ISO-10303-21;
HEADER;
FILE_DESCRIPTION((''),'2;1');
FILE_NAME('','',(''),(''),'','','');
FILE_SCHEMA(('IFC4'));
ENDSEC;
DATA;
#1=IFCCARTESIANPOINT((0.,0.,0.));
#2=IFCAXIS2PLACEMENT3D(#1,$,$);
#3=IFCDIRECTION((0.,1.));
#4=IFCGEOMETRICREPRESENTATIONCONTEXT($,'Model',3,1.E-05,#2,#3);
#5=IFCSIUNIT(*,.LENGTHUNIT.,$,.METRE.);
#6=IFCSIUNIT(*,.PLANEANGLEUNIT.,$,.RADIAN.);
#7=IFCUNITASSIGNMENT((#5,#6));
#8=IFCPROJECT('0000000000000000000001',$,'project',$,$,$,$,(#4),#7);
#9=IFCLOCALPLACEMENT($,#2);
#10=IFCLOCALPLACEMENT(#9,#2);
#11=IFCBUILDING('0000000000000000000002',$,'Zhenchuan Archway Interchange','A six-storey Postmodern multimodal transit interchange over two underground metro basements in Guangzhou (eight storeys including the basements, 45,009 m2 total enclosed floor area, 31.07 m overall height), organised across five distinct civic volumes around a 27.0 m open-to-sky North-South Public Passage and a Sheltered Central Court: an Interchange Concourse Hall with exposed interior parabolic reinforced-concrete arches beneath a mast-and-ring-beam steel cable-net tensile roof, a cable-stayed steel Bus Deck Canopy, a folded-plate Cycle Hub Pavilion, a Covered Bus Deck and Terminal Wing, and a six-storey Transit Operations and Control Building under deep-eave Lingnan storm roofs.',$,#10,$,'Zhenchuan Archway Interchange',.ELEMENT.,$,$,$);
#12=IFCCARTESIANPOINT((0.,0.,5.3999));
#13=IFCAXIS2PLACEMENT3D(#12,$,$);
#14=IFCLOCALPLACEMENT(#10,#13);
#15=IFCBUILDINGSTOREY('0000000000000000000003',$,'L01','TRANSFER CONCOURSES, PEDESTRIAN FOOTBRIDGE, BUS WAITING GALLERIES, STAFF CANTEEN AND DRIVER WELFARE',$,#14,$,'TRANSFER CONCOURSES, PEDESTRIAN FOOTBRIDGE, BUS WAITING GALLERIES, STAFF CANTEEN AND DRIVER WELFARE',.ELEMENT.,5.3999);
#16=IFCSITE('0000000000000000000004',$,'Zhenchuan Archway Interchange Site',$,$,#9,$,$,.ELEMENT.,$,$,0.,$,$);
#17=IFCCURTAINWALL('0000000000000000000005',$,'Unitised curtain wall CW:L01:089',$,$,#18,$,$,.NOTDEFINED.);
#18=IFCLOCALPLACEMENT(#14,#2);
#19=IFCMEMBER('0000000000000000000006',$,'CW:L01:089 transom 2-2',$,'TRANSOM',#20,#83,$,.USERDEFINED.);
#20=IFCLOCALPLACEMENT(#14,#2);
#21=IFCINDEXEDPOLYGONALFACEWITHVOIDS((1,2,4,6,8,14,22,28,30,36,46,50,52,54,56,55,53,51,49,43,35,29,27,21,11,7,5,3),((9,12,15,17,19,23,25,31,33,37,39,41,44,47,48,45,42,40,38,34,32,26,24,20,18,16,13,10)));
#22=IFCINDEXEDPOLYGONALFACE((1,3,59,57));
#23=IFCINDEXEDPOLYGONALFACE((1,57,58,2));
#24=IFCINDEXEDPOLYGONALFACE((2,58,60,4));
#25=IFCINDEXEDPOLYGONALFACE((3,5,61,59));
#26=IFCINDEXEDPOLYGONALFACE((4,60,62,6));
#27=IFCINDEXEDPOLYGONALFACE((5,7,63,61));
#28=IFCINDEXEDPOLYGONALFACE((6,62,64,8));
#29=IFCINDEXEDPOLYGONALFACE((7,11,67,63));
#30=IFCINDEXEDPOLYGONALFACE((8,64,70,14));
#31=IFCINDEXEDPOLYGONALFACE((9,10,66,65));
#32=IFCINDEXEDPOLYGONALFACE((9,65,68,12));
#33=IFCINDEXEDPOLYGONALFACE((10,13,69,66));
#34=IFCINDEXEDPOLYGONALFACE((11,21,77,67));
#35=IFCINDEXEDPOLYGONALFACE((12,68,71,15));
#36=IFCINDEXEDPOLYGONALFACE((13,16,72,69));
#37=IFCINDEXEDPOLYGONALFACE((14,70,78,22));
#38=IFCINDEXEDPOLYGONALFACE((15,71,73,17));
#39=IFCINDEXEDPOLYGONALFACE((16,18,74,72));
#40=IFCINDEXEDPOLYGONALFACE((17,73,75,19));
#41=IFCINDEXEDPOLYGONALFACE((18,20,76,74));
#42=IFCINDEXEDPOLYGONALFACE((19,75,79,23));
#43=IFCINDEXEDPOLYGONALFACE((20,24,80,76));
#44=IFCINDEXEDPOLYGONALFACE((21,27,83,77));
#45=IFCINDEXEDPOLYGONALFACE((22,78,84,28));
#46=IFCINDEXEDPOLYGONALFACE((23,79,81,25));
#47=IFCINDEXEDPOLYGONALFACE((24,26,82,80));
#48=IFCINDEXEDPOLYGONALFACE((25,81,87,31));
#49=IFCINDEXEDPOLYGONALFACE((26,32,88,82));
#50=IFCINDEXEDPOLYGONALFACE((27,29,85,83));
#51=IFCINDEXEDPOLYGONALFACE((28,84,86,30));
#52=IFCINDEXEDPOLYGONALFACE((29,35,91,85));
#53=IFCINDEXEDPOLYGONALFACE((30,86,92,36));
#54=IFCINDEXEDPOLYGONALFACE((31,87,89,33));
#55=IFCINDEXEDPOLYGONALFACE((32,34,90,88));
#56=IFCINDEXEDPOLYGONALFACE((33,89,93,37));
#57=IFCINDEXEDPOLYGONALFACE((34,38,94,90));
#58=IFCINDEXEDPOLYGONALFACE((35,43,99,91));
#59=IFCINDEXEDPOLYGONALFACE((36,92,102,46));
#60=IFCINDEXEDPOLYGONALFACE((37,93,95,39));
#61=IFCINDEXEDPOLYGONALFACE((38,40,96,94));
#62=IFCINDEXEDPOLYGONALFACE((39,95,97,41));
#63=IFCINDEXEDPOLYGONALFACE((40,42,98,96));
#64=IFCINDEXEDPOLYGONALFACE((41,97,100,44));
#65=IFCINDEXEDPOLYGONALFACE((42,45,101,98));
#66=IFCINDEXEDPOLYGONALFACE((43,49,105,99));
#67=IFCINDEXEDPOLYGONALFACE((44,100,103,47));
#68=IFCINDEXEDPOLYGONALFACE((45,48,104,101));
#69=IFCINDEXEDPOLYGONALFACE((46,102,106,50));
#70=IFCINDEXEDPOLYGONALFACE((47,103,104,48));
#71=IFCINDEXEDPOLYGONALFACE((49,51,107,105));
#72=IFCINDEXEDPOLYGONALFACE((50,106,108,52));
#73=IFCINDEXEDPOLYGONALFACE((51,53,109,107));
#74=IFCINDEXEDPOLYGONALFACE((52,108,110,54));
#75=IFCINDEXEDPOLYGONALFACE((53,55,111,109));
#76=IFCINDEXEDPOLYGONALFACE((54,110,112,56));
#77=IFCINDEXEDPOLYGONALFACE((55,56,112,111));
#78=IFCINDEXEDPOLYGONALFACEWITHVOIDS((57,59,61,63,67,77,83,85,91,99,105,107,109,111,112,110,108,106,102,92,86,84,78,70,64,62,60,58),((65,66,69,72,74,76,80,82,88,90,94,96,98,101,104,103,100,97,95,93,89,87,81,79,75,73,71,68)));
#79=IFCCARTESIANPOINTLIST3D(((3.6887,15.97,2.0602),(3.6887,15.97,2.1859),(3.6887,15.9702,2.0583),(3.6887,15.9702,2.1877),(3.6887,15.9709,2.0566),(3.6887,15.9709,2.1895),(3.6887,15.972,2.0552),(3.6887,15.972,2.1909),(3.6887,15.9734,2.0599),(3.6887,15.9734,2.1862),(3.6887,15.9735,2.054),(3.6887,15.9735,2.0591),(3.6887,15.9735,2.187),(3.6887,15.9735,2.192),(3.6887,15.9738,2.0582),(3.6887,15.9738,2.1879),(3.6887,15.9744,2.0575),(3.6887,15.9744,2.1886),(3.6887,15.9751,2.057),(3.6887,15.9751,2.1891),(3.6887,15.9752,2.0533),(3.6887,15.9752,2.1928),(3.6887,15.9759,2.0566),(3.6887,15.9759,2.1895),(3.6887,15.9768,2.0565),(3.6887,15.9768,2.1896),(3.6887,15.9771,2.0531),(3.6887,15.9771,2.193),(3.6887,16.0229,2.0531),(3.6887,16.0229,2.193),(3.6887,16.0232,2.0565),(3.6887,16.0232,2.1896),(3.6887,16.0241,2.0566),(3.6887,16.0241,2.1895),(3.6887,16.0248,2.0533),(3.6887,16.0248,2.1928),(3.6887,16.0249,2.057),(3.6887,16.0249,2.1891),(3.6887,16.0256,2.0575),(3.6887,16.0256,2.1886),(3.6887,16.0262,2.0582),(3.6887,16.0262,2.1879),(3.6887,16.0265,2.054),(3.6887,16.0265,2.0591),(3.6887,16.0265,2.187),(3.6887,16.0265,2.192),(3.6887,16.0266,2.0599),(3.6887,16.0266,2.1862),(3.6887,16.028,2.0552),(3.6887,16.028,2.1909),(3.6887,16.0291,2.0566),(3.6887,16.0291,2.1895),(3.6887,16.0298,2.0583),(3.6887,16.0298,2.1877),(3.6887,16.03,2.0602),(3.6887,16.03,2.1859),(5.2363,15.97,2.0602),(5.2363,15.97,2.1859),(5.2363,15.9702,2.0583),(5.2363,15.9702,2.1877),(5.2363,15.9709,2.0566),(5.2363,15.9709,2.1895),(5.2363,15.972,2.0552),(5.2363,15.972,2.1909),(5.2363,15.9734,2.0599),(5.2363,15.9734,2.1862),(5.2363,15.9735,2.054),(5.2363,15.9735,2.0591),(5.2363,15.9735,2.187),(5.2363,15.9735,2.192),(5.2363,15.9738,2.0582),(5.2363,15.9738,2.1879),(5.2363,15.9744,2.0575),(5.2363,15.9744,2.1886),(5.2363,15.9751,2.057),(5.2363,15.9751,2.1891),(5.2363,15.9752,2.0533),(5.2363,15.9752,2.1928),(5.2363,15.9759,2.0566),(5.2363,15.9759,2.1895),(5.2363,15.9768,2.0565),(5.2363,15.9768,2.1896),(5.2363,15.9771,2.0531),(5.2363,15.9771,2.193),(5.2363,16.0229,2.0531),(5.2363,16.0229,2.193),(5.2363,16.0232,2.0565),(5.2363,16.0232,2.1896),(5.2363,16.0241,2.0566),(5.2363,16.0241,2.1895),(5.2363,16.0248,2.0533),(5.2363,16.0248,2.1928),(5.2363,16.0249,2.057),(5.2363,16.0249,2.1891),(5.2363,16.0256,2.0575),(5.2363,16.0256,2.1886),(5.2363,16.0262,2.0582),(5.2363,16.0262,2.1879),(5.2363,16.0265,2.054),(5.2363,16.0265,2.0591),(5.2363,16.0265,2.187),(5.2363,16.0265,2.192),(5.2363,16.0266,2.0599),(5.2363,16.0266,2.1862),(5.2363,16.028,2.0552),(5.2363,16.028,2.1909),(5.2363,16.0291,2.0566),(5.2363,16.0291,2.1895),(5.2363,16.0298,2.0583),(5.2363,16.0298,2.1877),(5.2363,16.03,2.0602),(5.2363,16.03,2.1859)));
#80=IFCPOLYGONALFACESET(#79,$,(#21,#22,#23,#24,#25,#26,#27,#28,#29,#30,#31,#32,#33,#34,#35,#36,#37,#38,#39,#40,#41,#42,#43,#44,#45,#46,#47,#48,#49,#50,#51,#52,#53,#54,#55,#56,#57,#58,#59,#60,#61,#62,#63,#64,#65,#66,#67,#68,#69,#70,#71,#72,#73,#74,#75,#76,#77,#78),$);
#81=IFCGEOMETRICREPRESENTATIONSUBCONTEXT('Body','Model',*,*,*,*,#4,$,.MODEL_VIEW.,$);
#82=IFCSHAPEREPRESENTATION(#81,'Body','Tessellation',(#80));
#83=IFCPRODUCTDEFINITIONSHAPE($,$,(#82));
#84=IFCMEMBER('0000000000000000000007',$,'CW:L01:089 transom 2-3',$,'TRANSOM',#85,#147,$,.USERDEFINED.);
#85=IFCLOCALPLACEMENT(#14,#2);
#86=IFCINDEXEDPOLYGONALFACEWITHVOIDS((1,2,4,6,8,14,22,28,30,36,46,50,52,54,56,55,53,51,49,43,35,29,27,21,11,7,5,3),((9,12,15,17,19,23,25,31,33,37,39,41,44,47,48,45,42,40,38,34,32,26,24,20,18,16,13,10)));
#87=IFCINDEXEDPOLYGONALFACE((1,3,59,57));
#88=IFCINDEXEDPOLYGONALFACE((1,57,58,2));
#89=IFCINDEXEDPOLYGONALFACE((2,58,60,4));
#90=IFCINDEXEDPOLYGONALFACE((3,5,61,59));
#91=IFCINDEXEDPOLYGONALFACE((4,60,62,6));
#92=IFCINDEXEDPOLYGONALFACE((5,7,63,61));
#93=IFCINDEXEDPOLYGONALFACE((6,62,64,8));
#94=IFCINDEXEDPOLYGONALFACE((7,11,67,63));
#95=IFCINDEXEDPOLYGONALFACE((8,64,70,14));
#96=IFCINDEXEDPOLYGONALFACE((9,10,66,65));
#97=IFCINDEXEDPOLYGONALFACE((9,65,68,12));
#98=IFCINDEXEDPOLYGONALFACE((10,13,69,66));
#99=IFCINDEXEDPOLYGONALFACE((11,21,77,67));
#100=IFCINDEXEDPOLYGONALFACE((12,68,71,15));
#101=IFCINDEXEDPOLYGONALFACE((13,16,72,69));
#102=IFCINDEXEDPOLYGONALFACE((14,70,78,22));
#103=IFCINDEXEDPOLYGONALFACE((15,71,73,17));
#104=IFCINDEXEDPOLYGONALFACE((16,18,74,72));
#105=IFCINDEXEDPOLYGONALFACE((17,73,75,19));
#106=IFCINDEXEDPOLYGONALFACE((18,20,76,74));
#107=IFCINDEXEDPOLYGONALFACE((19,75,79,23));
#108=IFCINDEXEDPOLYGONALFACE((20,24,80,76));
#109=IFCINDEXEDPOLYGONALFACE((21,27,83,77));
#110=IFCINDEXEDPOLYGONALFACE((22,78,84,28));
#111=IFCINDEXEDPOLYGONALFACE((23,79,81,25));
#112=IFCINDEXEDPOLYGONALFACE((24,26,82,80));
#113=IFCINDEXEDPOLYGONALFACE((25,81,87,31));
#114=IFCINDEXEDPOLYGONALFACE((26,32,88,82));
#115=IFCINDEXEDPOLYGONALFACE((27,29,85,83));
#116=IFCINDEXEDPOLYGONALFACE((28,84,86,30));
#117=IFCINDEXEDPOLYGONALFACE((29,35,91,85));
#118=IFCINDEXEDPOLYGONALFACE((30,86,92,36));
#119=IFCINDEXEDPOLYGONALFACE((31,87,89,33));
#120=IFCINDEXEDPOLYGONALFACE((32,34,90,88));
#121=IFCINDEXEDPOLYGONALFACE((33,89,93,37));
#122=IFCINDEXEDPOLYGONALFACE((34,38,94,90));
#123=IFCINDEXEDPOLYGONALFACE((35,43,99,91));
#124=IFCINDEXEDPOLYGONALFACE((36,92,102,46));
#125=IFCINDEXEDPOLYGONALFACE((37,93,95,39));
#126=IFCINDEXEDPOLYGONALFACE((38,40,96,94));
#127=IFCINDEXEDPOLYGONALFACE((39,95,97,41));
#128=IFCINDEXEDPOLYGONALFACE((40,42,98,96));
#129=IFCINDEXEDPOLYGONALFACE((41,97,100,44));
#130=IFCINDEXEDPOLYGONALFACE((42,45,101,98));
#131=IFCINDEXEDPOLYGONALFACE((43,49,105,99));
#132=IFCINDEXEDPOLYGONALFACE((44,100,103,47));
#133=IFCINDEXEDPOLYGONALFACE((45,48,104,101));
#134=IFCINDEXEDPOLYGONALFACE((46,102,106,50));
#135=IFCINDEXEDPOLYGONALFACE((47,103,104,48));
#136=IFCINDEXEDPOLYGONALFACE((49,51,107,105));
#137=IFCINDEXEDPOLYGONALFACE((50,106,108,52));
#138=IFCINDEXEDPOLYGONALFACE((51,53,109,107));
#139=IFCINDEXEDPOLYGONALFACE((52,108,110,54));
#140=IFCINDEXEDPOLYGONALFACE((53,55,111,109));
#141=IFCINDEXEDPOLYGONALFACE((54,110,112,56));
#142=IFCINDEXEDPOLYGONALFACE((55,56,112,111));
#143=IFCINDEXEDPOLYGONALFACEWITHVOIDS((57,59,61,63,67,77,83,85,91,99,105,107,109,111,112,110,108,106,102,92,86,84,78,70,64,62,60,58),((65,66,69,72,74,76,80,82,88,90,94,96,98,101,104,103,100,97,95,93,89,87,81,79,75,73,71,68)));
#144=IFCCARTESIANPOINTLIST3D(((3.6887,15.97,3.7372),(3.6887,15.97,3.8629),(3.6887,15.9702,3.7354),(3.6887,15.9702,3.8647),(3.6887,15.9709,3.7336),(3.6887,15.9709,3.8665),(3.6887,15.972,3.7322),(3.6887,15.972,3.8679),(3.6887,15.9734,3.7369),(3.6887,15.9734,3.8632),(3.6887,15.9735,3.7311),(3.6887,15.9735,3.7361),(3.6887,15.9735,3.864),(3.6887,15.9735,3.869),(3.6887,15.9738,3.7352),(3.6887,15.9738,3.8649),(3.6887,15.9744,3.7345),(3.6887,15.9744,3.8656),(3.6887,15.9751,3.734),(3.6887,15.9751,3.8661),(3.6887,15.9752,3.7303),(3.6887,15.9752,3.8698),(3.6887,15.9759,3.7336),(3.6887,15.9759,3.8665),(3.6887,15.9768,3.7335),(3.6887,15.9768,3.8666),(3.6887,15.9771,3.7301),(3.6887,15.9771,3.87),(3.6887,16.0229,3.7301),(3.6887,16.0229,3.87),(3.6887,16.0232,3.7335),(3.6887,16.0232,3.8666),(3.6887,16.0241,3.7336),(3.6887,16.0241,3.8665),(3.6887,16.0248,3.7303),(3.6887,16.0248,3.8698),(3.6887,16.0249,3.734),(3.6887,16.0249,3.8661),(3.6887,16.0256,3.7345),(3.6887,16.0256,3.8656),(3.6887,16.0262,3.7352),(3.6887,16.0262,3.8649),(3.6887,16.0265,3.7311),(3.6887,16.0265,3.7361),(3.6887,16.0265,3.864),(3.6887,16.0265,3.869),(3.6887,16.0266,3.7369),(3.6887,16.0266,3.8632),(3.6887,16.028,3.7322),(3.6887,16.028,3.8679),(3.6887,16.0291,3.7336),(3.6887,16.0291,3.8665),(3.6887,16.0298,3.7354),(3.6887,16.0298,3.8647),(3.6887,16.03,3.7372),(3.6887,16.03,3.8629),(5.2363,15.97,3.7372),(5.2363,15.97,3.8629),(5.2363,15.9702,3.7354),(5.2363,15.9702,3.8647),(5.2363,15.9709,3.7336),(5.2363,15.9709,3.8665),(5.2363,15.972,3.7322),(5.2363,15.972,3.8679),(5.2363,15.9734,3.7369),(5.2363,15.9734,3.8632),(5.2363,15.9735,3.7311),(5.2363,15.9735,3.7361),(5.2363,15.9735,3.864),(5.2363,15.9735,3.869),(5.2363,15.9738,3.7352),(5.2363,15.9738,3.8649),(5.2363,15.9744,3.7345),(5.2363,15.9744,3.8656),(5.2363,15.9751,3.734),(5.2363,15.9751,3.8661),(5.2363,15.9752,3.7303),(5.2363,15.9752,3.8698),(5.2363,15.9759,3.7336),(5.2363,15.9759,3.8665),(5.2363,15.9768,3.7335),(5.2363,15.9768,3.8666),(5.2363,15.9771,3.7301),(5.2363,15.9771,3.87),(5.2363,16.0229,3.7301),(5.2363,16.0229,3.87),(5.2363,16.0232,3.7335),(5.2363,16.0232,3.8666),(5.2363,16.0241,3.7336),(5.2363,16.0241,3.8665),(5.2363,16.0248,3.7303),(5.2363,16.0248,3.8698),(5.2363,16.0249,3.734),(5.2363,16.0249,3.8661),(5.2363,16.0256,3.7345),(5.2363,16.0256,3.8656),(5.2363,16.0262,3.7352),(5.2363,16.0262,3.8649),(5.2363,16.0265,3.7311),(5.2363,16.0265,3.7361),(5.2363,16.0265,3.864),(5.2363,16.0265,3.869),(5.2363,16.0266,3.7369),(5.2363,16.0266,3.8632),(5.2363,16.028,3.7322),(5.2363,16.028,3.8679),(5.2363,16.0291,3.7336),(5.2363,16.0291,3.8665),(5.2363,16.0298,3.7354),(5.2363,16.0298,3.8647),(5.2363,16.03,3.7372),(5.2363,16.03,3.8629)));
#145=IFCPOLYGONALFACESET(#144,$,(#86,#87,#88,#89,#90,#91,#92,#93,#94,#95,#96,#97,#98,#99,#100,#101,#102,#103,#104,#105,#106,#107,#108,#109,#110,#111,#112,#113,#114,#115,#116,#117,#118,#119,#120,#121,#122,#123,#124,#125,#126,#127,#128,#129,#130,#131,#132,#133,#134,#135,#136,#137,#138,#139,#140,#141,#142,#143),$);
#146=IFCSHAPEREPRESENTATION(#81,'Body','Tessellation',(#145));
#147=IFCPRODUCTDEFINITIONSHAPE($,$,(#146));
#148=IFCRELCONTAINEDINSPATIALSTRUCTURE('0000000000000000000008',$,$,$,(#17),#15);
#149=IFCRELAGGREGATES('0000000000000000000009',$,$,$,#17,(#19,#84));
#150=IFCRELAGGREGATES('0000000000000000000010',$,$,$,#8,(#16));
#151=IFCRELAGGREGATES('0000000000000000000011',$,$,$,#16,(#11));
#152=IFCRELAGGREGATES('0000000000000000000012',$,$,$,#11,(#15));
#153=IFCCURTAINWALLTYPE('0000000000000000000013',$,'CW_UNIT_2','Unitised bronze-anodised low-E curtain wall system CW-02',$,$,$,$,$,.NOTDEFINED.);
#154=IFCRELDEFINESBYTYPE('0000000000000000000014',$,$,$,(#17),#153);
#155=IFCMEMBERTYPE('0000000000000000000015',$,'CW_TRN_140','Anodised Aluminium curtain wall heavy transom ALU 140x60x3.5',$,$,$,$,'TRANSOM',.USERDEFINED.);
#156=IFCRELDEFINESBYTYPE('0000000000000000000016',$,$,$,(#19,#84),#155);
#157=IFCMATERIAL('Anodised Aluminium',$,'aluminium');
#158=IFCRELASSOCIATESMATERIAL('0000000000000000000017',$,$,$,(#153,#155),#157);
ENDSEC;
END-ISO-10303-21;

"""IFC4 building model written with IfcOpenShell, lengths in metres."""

from ifc_helpers import new_model, si_unit, direction, frame, origin, origin_2d, place, context, subcontext, project, spatial, hollow_rectangle, extrude, material, material_profile, profile_set, type_object, element, aggregate, save


model = new_model("IFC4")

# Units and contexts
model_context = context("Model", 3, precision=1e-05, world=origin(), true_north=direction((0.0, 1.0)))
body_context = subcontext(model_context, "Body", "Model", "MODEL_VIEW")
ifc_project = project(units=[si_unit("LENGTHUNIT", "METRE"), si_unit("PLANEANGLEUNIT", "RADIAN")], contexts=[model_context])

# Site, building, storey
site_placement = place(None, origin())
site = spatial("IfcSite", under=ifc_project, at=site_placement, Name="Zhenchuan Archway Interchange Site", CompositionType="ELEMENT", RefElevation=0.0)
building_placement = place(site_placement, origin())
building = spatial("IfcBuilding", under=site, at=building_placement, Name="Zhenchuan Archway Interchange", Description="A six-storey Postmodern multimodal transit interchange over two underground metro basements in Guangzhou (eight storeys including the basements, 45,009 m2 total enclosed floor area, 31.07 m overall height), organised across five distinct civic volumes around a 27.0 m open-to-sky North-South Public Passage and a Sheltered Central Court: an Interchange Concourse Hall with exposed interior parabolic reinforced-concrete arches beneath a mast-and-ring-beam steel cable-net tensile roof, a cable-stayed steel Bus Deck Canopy, a folded-plate Cycle Hub Pavilion, a Covered Bus Deck and Terminal Wing, and a six-storey Transit Operations and Control Building under deep-eave Lingnan storm roofs.", LongName="Zhenchuan Archway Interchange", CompositionType="ELEMENT")
storey_placement = place(building_placement, frame((0.0, 0.0, 5.3999)))
storey = spatial("IfcBuildingStorey", under=building, at=storey_placement, Name="L01", Description="TRANSFER CONCOURSES, PEDESTRIAN FOOTBRIDGE, BUS WAITING GALLERIES, STAFF CANTEEN AND DRIVER WELFARE", LongName="TRANSFER CONCOURSES, PEDESTRIAN FOOTBRIDGE, BUS WAITING GALLERIES, STAFF CANTEEN AND DRIVER WELFARE", CompositionType="ELEMENT", Elevation=5.3999)

# Curtain wall, members
ifc_material_1 = material(Name="Anodised Aluminium", Category="aluminium")
curtain_wall_type = type_object("IfcCurtainWallType", Name="CW_UNIT_2", Description="Unitised bronze-anodised low-E curtain wall system CW-02", PredefinedType="NOTDEFINED", material=ifc_material_1)
curtain_wall_placement = place(storey_placement, origin())
curtain_wall = element("IfcCurtainWall", 1, at=curtain_wall_placement, inside=storey, type_object=curtain_wall_type, Name="Unitised curtain wall CW:L01:089", PredefinedType="NOTDEFINED")
ifc_material_profile_1 = material_profile(ifc_material_1, hollow_rectangle(XDim=0.0601, YDim=0.1399, WallThickness=0.0034, InnerFilletRadius=0.0034, OuterFilletRadius=0.0071, at=origin_2d()), Name="ALU 140x60x3.5")
ifc_profile_set_1 = profile_set([ifc_material_profile_1], Name="Anodised Aluminium")
member_type_1 = type_object("IfcMemberType", Name="CW_TRN_140", Description="Anodised Aluminium curtain wall heavy transom ALU 140x60x3.5", ElementType="TRANSOM", PredefinedType="USERDEFINED", material=ifc_profile_set_1)
member_1_placement = place(storey_placement, frame((3.6887, 16.0, 2.123), z_axis=(1.0, 0.0, 0.0), x_axis=(0.0, 1.0, 0.0)))
member_1 = element("IfcMember", 2, at=member_1_placement, type_object=member_type_1, Name="CW:L01:089 transom 2-2", ObjectType="TRANSOM", PredefinedType="USERDEFINED", context=body_context, shape_type="SweptSolid", body=[
    extrude(hollow_rectangle(XDim=0.0601, YDim=0.1399, WallThickness=0.0034, InnerFilletRadius=0.0034, OuterFilletRadius=0.0071, at=origin_2d()), origin(), (0.0, 0.0, 1.0), 1.5476),
])
member_2_placement = place(storey_placement, frame((3.6887, 16.0, 3.8), z_axis=(1.0, 0.0, 0.0), x_axis=(0.0, 1.0, 0.0)))
member_2 = element("IfcMember", 3, at=member_2_placement, type_object=member_type_1, Name="CW:L01:089 transom 2-3", ObjectType="TRANSOM", PredefinedType="USERDEFINED", context=body_context, shape_type="SweptSolid", body=[
    extrude(hollow_rectangle(XDim=0.0601, YDim=0.1399, WallThickness=0.0034, InnerFilletRadius=0.0034, OuterFilletRadius=0.0071, at=origin_2d()), origin(), (0.0, 0.0, 1.0), 1.5476),
])

aggregate(curtain_wall, [member_1, member_2])

save(model, "model.ifc")
